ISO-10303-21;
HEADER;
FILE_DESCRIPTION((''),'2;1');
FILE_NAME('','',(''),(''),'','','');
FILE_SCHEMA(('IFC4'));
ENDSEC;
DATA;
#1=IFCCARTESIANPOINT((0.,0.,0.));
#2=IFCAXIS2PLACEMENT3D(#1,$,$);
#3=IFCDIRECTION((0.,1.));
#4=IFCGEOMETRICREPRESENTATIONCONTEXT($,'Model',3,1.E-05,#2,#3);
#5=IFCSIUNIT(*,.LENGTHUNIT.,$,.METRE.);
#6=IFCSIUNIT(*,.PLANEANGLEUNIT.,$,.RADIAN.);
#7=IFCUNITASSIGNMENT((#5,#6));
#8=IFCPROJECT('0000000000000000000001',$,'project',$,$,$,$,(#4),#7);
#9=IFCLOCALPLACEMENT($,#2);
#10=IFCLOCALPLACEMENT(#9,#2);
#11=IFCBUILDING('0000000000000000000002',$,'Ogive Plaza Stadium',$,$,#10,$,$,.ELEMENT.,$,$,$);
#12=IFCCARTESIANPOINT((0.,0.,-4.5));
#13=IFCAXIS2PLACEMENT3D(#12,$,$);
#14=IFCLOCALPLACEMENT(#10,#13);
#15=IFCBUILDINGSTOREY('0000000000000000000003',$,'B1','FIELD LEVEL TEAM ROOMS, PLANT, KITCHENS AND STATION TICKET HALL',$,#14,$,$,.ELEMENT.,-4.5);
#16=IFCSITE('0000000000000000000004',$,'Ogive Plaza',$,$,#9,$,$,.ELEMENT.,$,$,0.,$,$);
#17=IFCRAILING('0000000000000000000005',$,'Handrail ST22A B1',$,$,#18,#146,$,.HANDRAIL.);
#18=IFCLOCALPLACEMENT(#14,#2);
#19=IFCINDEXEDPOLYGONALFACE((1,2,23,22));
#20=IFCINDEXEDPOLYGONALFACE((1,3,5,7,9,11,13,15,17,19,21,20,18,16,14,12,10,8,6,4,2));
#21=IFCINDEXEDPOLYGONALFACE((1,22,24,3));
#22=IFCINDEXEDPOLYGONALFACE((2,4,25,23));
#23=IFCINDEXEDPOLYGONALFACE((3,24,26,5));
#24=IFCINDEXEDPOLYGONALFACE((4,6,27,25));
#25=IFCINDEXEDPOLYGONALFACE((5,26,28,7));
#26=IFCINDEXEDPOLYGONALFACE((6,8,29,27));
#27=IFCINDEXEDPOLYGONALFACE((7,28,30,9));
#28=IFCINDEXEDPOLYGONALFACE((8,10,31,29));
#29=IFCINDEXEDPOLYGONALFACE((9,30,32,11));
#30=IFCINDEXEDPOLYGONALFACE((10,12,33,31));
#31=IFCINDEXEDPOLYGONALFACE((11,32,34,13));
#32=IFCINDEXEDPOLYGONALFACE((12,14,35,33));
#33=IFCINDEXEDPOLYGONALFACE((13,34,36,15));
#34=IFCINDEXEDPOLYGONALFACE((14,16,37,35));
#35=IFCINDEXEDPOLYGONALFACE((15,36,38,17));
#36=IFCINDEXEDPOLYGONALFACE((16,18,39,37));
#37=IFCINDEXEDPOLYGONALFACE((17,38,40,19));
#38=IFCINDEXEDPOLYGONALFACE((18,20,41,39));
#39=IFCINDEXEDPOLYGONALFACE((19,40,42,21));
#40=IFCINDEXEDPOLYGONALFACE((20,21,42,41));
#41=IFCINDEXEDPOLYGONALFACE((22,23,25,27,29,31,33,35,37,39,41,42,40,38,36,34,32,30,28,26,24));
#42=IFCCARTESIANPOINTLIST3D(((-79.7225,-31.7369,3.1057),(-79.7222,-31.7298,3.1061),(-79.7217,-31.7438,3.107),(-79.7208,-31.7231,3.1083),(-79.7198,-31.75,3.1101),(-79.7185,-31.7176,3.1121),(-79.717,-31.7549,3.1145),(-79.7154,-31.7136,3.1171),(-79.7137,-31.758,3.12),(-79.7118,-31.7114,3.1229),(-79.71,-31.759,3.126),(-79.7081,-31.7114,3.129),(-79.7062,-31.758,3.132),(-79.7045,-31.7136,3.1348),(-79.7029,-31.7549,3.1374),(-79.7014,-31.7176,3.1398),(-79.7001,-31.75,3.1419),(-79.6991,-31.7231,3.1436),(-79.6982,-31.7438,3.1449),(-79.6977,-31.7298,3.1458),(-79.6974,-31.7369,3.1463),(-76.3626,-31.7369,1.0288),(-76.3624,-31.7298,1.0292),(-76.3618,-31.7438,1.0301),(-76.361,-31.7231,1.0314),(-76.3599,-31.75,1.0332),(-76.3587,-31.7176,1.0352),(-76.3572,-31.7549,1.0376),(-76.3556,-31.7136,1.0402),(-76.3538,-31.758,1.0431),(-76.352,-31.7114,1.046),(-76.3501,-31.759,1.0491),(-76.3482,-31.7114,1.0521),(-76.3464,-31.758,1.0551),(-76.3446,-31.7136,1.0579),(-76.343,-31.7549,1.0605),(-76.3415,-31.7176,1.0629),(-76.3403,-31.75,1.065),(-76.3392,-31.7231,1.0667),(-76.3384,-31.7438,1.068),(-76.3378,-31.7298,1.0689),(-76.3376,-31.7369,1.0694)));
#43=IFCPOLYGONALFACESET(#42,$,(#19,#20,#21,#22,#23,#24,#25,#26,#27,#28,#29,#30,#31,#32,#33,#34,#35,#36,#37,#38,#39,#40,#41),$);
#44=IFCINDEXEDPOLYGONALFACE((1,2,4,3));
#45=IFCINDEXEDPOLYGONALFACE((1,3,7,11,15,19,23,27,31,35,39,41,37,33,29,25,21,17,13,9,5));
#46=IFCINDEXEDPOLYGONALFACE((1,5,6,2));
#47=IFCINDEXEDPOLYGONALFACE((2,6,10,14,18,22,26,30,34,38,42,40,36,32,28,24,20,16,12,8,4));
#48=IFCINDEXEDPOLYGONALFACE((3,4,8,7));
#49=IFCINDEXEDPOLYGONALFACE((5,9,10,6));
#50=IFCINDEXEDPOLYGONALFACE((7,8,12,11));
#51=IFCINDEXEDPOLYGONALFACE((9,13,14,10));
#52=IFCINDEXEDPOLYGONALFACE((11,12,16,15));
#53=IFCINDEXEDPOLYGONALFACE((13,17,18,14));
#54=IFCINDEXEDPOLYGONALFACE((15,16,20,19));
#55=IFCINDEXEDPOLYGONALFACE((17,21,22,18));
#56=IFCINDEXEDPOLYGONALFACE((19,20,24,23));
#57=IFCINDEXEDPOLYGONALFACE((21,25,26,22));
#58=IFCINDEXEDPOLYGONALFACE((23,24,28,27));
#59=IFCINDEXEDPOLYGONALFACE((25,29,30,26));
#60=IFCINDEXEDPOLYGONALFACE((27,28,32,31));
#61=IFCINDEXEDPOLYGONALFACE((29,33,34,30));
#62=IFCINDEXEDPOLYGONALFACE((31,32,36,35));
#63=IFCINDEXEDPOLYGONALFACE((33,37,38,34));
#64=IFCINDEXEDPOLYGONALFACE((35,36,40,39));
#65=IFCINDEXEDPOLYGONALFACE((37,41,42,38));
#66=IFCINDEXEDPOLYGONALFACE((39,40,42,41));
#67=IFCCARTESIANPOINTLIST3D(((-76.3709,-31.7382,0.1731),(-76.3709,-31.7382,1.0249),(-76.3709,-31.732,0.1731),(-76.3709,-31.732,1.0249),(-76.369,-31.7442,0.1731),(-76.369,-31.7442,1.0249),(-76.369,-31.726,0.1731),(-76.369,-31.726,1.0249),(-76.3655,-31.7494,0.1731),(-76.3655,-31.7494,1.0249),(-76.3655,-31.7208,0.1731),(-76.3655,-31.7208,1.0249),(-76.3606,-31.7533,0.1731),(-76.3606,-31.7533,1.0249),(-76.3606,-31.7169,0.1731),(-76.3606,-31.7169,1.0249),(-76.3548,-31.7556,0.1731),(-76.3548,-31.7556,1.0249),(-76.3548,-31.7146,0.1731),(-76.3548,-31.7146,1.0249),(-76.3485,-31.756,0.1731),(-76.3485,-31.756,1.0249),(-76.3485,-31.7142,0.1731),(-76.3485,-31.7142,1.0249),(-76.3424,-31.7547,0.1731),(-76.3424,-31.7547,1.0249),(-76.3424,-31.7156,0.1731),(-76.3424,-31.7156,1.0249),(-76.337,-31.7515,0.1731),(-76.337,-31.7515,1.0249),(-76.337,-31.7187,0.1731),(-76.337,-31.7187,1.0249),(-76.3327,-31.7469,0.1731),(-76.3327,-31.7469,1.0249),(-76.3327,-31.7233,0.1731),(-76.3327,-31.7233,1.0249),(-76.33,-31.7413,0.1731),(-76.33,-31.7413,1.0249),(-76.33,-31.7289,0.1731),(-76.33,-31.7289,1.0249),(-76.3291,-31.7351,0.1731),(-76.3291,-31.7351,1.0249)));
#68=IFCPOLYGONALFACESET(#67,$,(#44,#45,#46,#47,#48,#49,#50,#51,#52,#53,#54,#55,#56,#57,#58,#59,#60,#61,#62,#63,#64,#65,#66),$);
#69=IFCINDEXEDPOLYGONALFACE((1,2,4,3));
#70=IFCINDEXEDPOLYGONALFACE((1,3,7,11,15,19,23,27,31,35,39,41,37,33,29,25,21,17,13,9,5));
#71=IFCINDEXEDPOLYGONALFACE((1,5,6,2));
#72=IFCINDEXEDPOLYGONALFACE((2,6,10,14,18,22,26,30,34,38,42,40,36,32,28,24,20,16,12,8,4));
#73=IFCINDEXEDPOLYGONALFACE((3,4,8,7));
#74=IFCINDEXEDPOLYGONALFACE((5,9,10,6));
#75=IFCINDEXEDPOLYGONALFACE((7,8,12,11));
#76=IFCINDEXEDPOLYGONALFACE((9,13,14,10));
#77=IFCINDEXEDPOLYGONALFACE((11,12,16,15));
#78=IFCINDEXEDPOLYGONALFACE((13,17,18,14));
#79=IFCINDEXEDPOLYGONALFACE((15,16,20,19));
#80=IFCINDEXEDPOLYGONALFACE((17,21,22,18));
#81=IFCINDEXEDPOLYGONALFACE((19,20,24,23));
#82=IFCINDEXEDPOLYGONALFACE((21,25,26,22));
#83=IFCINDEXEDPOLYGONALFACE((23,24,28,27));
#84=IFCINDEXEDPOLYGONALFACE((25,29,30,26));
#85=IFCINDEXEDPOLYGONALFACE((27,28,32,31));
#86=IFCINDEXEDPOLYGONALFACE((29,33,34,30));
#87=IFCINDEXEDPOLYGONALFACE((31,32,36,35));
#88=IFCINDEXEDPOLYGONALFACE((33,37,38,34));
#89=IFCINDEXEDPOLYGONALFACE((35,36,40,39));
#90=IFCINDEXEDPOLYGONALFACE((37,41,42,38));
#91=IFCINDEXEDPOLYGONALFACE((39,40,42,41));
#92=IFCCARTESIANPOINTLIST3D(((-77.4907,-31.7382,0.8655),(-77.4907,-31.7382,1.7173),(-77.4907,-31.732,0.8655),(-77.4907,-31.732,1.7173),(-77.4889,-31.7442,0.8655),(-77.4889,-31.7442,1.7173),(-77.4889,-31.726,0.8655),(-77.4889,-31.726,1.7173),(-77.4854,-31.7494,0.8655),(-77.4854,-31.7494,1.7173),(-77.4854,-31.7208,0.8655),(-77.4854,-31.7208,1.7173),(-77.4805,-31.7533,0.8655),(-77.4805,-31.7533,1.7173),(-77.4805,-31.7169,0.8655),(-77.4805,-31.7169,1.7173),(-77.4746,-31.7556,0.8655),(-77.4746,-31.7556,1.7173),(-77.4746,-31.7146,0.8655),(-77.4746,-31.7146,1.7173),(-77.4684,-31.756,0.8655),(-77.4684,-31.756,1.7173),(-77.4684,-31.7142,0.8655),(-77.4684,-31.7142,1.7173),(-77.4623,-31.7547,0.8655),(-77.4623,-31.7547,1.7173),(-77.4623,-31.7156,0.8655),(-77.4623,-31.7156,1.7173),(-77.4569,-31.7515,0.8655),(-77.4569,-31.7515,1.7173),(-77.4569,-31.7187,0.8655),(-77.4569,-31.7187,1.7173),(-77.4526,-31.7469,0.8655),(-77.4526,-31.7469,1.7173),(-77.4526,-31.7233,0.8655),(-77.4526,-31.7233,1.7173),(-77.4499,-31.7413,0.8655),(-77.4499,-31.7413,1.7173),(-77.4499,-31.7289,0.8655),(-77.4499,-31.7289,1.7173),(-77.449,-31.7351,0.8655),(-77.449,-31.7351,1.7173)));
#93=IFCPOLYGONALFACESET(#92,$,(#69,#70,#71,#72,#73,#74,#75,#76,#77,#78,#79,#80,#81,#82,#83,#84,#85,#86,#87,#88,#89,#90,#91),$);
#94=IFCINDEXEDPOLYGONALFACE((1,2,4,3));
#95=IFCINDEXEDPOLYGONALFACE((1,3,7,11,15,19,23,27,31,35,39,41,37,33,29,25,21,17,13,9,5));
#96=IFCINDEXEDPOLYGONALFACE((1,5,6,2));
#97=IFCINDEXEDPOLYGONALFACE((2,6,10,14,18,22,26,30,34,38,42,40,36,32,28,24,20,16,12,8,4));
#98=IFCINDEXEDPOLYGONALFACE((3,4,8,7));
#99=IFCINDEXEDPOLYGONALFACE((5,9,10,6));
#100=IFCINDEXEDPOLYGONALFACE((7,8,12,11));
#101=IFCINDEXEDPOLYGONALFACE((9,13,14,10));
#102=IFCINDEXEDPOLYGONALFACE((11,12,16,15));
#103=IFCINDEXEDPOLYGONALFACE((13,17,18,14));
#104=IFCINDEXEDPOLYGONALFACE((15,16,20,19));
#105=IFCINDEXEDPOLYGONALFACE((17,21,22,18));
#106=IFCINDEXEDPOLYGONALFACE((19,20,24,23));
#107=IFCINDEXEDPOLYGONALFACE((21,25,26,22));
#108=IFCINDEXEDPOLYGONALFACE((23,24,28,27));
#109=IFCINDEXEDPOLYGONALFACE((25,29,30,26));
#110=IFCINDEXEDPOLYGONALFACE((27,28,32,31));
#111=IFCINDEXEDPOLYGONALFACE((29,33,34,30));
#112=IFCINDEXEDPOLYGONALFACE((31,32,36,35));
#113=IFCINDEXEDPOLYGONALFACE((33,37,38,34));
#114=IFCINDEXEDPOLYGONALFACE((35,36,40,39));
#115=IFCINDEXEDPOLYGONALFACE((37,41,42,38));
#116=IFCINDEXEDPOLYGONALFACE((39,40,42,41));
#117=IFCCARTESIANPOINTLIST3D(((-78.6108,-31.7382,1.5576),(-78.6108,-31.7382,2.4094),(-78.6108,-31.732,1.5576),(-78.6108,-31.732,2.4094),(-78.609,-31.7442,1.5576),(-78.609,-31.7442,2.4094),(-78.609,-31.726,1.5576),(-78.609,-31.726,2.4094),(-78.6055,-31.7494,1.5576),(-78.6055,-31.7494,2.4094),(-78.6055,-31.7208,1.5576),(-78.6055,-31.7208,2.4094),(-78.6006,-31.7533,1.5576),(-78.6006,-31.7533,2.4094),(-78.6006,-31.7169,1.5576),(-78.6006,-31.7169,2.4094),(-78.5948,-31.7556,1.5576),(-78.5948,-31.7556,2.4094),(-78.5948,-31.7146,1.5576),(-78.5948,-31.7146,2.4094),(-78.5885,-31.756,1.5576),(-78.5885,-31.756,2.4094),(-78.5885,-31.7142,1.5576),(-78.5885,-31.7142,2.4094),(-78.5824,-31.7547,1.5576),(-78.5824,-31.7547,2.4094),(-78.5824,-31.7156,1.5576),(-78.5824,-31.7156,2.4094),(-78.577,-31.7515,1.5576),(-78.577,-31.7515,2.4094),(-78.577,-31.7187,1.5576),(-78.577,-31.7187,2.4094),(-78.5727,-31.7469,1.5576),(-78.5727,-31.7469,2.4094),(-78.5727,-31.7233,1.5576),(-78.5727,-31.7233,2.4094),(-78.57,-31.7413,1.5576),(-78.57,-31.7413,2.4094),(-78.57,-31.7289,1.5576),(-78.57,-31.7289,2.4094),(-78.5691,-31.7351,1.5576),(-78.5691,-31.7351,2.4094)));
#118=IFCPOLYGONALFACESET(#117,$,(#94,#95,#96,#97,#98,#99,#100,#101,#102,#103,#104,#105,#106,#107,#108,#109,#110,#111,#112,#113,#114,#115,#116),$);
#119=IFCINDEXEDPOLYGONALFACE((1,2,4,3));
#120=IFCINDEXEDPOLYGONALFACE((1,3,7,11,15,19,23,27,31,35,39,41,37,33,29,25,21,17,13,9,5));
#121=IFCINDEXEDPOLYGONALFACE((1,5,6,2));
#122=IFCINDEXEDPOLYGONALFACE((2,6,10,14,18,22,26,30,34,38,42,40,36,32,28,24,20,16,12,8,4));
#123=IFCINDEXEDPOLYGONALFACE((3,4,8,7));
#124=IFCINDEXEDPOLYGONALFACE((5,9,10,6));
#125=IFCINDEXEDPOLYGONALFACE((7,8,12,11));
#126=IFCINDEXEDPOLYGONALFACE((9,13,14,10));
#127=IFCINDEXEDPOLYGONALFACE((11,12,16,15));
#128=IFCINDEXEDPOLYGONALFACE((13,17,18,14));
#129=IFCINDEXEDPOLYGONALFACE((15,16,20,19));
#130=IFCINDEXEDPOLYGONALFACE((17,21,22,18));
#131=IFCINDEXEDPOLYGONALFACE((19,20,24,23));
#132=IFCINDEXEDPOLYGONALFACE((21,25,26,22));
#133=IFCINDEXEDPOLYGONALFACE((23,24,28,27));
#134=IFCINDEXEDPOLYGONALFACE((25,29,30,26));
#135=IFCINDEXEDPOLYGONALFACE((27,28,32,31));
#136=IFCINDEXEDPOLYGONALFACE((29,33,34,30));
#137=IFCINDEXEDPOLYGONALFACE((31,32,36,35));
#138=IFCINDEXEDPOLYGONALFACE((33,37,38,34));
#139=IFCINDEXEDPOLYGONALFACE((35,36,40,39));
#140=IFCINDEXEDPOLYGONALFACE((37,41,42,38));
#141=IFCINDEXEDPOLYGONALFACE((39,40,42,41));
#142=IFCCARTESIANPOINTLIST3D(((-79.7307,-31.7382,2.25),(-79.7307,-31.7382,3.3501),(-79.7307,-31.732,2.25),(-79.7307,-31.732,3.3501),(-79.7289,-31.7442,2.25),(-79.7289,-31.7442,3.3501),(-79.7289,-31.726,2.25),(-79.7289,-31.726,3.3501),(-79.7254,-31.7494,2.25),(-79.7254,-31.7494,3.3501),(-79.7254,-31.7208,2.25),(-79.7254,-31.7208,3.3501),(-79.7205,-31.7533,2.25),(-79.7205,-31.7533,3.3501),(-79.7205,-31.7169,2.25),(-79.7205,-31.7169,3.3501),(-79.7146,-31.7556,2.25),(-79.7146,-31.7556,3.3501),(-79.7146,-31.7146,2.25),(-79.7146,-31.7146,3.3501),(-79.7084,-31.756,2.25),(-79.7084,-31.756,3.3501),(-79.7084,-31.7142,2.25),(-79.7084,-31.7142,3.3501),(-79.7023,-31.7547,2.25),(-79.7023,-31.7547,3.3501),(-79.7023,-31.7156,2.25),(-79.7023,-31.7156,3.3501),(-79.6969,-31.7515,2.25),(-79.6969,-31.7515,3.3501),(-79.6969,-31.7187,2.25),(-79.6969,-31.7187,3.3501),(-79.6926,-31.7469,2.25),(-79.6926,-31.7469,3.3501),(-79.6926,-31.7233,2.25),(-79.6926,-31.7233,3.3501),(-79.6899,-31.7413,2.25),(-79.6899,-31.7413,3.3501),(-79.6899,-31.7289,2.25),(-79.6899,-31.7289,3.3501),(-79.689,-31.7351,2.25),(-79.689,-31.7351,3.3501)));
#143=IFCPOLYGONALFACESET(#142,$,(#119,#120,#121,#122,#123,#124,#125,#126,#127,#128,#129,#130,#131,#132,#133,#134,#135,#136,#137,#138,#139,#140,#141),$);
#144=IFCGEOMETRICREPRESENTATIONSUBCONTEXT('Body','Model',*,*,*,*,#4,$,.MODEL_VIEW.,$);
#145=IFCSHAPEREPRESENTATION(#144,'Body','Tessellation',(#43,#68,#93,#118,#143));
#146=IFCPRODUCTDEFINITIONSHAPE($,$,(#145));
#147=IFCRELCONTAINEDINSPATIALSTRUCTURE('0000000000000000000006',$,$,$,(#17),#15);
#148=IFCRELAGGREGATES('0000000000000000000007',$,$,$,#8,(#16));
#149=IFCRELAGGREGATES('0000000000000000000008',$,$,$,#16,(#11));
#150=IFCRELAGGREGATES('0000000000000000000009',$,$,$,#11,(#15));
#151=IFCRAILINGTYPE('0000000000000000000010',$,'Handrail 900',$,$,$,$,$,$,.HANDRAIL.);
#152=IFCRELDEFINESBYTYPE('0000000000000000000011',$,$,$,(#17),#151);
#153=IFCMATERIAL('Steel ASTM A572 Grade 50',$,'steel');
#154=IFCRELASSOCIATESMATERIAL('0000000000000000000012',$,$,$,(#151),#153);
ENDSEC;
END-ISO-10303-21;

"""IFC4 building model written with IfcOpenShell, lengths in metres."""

from ifc_helpers import new_model, si_unit, direction, frame, origin, origin_2d, place, context, subcontext, project, spatial, circle, extrude, material, type_object, element, save


model = new_model("IFC4")

# Units and contexts
model_context = context("Model", 3, precision=1e-05, world=origin(), true_north=direction((0.0, 1.0)))
body_context = subcontext(model_context, "Body", "Model", "MODEL_VIEW")
ifc_project = project(units=[si_unit("LENGTHUNIT", "METRE"), si_unit("PLANEANGLEUNIT", "RADIAN")], contexts=[model_context])

# Site, building, storey
site_placement = place(None, origin())
site = spatial("IfcSite", under=ifc_project, at=site_placement, Name="Ogive Plaza", CompositionType="ELEMENT", RefElevation=0.0)
building_placement = place(site_placement, origin())
building = spatial("IfcBuilding", under=site, at=building_placement, Name="Ogive Plaza Stadium", CompositionType="ELEMENT")
storey_placement = place(building_placement, frame((0.0, 0.0, -4.5)))
storey = spatial("IfcBuildingStorey", under=building, at=storey_placement, Name="B1", Description="FIELD LEVEL TEAM ROOMS, PLANT, KITCHENS AND STATION TICKET HALL", CompositionType="ELEMENT", Elevation=-4.5)

# Railing
ifc_material_1 = material(Name="Steel ASTM A572 Grade 50", Category="steel")
railing_type_1 = type_object("IfcRailingType", Name="Handrail 900", PredefinedType="HANDRAIL", material=ifc_material_1)
for number, where, name in (
    (1, (-76.3501, -31.7351, 0.1731), "Handrail ST22A B1"),
):
    element("IfcRailing", number, at=place(storey_placement, frame(where)), inside=storey, type_object=railing_type_1, Name=name, PredefinedType="HANDRAIL", context=body_context, shape_type="SweptSolid", body=[
        extrude(circle(Radius=0.0239, at=origin_2d()), frame((0.0, 0.0, 0.876), z_axis=(-0.850606, 0.0, 0.525803), x_axis=(0.0, -1.0, 0.0)), (0.0, 0.0, 1.0), 3.95),
        extrude(circle(Radius=0.021, at=origin_2d()), origin(), (0.0, 0.0, 1.0), 0.8518),
        extrude(circle(Radius=0.021, at=origin_2d()), frame((-1.1199, 0.0, 0.6924)), (0.0, 0.0, 1.0), 0.8518),
        extrude(circle(Radius=0.021, at=origin_2d()), frame((-2.24, 0.0, 1.3845)), (0.0, 0.0, 1.0), 0.8518),
        extrude(circle(Radius=0.021, at=origin_2d()), frame((-3.3599, 0.0, 2.0769)), (0.0, 0.0, 1.0), 1.1001),
    ])

save(model, "model.ifc")
